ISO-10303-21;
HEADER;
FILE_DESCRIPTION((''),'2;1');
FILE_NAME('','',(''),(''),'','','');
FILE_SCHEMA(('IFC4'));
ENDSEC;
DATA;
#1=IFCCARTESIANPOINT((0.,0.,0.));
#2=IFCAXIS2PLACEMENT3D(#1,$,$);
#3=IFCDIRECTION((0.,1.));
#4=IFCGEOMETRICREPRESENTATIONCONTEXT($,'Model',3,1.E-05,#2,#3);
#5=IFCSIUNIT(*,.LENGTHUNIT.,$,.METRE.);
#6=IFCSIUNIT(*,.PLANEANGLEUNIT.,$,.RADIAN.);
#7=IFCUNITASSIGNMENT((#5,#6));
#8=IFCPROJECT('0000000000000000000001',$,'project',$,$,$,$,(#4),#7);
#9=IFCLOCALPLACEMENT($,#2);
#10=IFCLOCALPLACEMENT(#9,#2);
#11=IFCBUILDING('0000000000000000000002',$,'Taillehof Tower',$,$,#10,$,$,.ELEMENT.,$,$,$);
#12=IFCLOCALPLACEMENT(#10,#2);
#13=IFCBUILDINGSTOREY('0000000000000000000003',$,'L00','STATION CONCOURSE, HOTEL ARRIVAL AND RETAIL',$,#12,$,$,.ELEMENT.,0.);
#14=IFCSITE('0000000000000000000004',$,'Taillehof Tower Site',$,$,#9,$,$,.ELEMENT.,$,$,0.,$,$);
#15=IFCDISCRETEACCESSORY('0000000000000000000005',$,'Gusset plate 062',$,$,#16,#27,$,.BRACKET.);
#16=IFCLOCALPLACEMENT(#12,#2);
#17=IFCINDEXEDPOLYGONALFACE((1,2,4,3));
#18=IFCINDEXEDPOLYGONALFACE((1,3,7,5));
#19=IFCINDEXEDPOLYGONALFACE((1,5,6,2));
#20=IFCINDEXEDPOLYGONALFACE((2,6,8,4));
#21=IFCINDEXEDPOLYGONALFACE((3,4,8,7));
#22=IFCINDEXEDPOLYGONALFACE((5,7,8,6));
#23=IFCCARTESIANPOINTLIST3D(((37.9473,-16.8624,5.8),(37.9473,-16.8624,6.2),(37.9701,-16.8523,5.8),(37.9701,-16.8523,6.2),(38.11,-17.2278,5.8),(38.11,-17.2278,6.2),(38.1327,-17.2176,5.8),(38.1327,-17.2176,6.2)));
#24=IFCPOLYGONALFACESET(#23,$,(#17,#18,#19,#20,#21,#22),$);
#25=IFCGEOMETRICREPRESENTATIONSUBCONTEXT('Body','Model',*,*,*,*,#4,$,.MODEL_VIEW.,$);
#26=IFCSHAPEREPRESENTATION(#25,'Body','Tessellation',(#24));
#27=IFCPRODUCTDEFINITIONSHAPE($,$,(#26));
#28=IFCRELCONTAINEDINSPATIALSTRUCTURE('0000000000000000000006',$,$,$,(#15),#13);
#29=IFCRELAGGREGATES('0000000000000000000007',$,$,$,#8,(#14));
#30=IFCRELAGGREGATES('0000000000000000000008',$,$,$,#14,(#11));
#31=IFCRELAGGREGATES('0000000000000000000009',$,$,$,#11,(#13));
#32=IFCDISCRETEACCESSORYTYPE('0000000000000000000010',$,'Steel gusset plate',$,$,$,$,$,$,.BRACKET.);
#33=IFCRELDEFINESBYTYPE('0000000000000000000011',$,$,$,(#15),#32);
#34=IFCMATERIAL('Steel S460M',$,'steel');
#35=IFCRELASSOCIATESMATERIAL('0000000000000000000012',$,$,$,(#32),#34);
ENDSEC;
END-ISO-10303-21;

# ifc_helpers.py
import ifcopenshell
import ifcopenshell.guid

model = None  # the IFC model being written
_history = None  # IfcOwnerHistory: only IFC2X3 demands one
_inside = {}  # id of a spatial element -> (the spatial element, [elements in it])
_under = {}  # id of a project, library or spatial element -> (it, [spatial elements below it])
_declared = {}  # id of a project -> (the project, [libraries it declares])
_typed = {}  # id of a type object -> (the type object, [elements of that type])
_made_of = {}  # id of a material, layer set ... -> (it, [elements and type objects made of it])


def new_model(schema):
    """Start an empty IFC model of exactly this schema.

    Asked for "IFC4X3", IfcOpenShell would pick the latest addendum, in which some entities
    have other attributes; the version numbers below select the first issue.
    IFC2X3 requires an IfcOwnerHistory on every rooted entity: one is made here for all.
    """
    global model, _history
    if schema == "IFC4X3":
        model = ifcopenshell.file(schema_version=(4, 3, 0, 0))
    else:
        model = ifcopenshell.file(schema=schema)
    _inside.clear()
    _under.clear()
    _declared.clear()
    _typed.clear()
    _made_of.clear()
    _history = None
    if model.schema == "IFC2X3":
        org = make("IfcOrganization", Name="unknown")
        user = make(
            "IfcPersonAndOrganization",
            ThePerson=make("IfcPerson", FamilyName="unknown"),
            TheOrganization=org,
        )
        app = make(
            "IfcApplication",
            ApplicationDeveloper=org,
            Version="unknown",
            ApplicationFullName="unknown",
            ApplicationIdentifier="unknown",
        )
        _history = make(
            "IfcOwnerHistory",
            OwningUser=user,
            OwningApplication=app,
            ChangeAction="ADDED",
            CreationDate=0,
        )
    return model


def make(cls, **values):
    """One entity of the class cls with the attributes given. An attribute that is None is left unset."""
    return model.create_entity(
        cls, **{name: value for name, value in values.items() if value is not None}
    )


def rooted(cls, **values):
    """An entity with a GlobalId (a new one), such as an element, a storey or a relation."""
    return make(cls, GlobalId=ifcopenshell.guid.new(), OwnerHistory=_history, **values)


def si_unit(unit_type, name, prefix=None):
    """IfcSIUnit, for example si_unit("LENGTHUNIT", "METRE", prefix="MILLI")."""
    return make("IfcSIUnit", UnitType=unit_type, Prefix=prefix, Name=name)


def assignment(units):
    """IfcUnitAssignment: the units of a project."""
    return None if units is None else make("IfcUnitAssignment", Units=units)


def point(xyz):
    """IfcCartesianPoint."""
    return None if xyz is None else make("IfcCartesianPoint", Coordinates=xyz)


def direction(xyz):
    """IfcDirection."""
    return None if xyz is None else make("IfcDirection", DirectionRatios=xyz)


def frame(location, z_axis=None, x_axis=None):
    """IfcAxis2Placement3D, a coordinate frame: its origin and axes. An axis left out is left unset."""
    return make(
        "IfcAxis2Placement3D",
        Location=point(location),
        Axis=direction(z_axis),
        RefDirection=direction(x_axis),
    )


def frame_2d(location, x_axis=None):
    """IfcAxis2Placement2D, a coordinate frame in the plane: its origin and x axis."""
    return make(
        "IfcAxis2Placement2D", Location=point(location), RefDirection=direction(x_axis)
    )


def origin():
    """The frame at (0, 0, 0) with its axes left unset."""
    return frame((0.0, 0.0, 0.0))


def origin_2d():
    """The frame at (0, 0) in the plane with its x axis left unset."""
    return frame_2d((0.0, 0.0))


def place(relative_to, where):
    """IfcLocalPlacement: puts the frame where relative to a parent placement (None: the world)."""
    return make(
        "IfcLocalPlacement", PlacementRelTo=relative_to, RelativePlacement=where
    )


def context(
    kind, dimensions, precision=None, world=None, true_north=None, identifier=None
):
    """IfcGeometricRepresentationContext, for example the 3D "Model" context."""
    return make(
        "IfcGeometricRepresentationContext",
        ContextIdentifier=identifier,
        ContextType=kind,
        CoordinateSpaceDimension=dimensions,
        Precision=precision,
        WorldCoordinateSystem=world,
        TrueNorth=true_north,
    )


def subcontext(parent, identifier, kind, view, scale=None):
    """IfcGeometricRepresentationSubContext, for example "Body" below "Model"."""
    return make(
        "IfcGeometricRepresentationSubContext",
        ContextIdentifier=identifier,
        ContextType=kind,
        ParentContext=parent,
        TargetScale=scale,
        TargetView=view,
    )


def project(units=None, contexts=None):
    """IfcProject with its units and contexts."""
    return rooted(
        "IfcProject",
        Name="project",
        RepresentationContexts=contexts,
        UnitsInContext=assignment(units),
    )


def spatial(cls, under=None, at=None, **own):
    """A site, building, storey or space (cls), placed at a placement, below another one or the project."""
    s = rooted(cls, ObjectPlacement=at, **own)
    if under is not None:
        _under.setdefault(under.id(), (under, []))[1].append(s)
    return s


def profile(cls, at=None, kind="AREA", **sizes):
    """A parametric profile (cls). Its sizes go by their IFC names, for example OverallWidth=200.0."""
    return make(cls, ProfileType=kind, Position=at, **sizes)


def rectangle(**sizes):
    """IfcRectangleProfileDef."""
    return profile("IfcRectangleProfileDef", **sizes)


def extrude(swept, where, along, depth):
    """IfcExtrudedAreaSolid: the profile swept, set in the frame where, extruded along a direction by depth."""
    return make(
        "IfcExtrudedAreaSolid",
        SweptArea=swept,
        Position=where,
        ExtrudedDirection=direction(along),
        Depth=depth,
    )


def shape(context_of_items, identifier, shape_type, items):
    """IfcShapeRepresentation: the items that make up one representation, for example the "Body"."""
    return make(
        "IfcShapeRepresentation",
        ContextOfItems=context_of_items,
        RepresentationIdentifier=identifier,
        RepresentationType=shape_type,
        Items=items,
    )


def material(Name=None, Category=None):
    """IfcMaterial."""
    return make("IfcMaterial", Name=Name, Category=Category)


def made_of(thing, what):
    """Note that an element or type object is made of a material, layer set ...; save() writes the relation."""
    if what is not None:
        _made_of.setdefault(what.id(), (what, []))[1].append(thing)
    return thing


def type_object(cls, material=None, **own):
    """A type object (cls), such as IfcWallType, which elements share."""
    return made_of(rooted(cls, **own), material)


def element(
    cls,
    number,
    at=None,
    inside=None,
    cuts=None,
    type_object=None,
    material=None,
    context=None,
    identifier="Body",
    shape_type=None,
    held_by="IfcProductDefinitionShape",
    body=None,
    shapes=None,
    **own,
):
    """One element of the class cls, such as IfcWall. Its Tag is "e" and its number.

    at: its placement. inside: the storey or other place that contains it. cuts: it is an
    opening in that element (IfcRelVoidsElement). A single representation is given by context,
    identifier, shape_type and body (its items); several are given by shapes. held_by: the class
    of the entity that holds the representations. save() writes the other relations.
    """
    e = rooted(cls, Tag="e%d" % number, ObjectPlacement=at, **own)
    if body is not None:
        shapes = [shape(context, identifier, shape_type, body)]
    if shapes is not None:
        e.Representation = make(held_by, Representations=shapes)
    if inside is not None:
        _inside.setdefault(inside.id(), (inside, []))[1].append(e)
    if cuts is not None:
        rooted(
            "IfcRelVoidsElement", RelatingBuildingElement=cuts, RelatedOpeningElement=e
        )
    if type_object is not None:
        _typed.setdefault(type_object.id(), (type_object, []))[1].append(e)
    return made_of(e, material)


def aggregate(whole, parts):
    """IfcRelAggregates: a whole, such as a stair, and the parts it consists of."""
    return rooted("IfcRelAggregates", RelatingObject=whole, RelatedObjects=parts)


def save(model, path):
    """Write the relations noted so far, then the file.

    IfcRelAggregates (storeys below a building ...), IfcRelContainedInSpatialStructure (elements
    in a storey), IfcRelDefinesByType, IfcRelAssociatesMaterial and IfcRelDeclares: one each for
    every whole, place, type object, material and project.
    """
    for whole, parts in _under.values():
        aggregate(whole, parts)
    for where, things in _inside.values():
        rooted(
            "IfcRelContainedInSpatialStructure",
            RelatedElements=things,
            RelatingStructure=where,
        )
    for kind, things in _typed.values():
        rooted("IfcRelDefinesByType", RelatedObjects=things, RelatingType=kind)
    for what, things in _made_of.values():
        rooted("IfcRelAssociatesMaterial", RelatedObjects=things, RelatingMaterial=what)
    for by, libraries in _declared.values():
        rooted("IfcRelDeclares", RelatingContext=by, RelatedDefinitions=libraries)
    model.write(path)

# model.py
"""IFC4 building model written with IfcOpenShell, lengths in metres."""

from ifc_helpers import new_model, si_unit, direction, frame, origin, origin_2d, place, context, subcontext, project, spatial, rectangle, extrude, material, type_object, element, save


model = new_model("IFC4")

# Units and contexts
model_context = context("Model", 3, precision=1e-05, world=origin(), true_north=direction((0.0, 1.0)))
body_context = subcontext(model_context, "Body", "Model", "MODEL_VIEW")
ifc_project = project(units=[si_unit("LENGTHUNIT", "METRE"), si_unit("PLANEANGLEUNIT", "RADIAN")], contexts=[model_context])

# Site, building, storey
site_placement = place(None, origin())
site = spatial("IfcSite", under=ifc_project, at=site_placement, Name="Taillehof Tower Site", CompositionType="ELEMENT", RefElevation=0.0)
building_placement = place(site_placement, origin())
building = spatial("IfcBuilding", under=site, at=building_placement, Name="Taillehof Tower", CompositionType="ELEMENT")
storey_placement = place(building_placement, origin())
storey = spatial("IfcBuildingStorey", under=building, at=storey_placement, Name="L00", Description="STATION CONCOURSE, HOTEL ARRIVAL AND RETAIL", CompositionType="ELEMENT", Elevation=0.0)

# Discrete accessory
ifc_material_1 = material(Name="Steel S460M", Category="steel")
discrete_accessory_type_1 = type_object("IfcDiscreteAccessoryType", Name="Steel gusset plate", PredefinedType="BRACKET", material=ifc_material_1)
discrete_accessory_1_placement = place(storey_placement, frame((38.04, -17.04, 5.8), z_axis=(0.0, 0.0, 1.0), x_axis=(-0.406759, 0.913536, 0.0)))
element("IfcDiscreteAccessory", 1, at=discrete_accessory_1_placement, inside=storey, type_object=discrete_accessory_type_1, Name="Gusset plate 062", PredefinedType="BRACKET", context=body_context, shape_type="SweptSolid", body=[
    extrude(rectangle(XDim=0.3999, YDim=0.0249, at=origin_2d()), origin(), (0.0, 0.0, 1.0), 0.3999),
])

save(model, "model.ifc")
